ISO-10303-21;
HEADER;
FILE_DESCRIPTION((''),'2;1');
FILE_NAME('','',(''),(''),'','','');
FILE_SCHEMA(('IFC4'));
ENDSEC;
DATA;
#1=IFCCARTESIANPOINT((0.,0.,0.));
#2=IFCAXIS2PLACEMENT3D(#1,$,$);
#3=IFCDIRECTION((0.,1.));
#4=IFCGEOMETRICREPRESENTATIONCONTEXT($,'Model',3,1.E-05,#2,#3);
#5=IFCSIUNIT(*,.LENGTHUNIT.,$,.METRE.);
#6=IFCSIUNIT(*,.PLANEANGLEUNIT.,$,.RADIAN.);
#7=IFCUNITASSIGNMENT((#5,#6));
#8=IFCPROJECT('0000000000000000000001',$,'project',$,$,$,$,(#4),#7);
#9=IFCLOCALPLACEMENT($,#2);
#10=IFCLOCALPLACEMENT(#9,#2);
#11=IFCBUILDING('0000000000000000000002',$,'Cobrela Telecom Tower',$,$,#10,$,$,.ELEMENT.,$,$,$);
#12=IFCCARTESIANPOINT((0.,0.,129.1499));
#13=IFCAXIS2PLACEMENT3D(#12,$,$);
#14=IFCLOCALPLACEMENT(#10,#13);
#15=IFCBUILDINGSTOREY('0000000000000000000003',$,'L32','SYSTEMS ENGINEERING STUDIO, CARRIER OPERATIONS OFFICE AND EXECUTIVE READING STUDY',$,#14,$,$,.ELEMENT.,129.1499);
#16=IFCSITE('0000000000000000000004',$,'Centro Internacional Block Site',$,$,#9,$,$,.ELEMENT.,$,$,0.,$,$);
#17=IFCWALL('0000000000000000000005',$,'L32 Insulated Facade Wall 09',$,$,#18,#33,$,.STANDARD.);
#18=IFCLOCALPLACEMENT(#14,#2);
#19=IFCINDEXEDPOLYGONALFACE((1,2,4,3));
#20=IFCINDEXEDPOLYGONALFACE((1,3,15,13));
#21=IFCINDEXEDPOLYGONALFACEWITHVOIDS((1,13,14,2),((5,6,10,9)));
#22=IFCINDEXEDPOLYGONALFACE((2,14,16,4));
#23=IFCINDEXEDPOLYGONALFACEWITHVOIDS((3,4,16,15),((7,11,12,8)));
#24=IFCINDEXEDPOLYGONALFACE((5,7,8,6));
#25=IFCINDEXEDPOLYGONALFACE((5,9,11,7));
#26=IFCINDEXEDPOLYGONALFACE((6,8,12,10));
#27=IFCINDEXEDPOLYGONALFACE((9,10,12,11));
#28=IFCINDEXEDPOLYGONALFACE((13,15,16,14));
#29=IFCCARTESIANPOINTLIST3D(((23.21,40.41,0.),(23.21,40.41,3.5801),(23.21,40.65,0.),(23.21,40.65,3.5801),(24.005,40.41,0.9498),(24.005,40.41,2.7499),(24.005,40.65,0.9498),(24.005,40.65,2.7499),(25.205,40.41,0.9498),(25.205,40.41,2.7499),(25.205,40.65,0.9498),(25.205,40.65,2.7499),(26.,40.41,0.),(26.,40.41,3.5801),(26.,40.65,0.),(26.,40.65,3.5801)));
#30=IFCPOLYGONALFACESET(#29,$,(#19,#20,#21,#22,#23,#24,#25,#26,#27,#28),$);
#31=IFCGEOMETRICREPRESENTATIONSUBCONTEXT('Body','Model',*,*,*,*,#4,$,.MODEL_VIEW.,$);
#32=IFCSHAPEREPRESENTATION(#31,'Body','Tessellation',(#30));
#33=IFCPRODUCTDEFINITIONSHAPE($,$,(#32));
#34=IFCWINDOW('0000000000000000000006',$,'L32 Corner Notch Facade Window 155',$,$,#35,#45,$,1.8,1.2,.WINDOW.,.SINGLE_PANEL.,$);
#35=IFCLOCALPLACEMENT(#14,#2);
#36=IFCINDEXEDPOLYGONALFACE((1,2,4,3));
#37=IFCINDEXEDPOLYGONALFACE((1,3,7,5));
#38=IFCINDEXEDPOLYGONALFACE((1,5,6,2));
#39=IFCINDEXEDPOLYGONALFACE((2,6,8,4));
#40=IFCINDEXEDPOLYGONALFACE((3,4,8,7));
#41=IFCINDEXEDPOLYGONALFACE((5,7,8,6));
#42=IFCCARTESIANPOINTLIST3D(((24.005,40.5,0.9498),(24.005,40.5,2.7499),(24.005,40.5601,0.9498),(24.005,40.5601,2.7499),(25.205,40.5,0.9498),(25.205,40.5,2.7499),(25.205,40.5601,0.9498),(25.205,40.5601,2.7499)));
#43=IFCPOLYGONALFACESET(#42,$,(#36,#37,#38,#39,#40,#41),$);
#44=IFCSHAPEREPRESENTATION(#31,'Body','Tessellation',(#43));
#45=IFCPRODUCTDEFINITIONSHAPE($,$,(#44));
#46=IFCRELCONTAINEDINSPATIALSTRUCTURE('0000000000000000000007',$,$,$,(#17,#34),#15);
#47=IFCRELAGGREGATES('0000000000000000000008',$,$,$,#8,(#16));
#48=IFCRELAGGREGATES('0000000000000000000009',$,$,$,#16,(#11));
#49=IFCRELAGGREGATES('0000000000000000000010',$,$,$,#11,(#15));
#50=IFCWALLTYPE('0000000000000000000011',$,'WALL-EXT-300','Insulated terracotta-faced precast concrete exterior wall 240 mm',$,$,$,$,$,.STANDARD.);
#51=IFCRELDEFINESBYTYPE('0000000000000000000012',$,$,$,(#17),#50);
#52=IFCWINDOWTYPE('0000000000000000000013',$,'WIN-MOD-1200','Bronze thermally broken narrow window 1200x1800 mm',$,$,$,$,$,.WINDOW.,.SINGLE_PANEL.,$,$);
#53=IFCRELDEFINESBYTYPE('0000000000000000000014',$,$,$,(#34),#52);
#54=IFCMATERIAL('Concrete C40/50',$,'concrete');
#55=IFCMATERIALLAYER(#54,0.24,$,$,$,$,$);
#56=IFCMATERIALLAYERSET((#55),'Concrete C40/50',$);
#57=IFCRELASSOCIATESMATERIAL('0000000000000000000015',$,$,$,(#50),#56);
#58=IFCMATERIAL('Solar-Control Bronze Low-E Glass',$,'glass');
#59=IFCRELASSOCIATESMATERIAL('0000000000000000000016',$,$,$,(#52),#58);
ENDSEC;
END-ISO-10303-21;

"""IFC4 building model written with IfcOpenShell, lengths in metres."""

from ifc_helpers import new_model, si_unit, direction, frame, frame_2d, origin, place, context, subcontext, project, spatial, rectangle, extrude, material, layer, layer_set, type_object, element, fill, save


model = new_model("IFC4")

# Units and contexts
model_context = context("Model", 3, precision=1e-05, world=origin(), true_north=direction((0.0, 1.0)))
body_context = subcontext(model_context, "Body", "Model", "MODEL_VIEW")
ifc_project = project(units=[si_unit("LENGTHUNIT", "METRE"), si_unit("PLANEANGLEUNIT", "RADIAN")], contexts=[model_context])

# Site, building, storey
site_placement = place(None, origin())
site = spatial("IfcSite", under=ifc_project, at=site_placement, Name="Centro Internacional Block Site", CompositionType="ELEMENT", RefElevation=0.0)
building_placement = place(site_placement, origin())
building = spatial("IfcBuilding", under=site, at=building_placement, Name="Cobrela Telecom Tower", CompositionType="ELEMENT")
storey_placement = place(building_placement, frame((0.0, 0.0, 129.1499)))
storey = spatial("IfcBuildingStorey", under=building, at=storey_placement, Name="L32", Description="SYSTEMS ENGINEERING STUDIO, CARRIER OPERATIONS OFFICE AND EXECUTIVE READING STUDY", CompositionType="ELEMENT", Elevation=129.1499)

# Shared definitions
ifc_material_1 = material(Name="Solar-Control Bronze Low-E Glass", Category="glass")

# Wall, opening, window
ifc_material_2 = material(Name="Concrete C40/50", Category="concrete")
ifc_layer_1 = layer(ifc_material_2, 0.24)
ifc_layer_set_1 = layer_set([ifc_layer_1], Name="Concrete C40/50")
wall_type = type_object("IfcWallType", Name="WALL-EXT-300", Description="Insulated terracotta-faced precast concrete exterior wall 240 mm", PredefinedType="STANDARD", material=ifc_layer_set_1)
wall_1_placement = place(storey_placement, frame((23.21, 40.53, 0.0), z_axis=(0.0, 0.0, 1.0), x_axis=(1.0, 0.0, 0.0)))
wall_1 = element("IfcWall", 1, at=wall_1_placement, inside=storey, type_object=wall_type, Name="L32 Insulated Facade Wall 09", PredefinedType="STANDARD", context=body_context, shape_type="SweptSolid", body=[
    extrude(rectangle(XDim=2.79, YDim=0.24, at=frame_2d((1.395, 0.0))), origin(), (0.0, 0.0, 1.0), 3.5801),
])
opening_1_placement = place(wall_1_placement, frame((0.7949, 0.0, 0.95)))
opening_1 = element("IfcOpeningElement", 2, at=opening_1_placement, cuts=wall_1, PredefinedType="OPENING", context=body_context, shape_type="SweptSolid", body=[
    extrude(rectangle(XDim=1.2, YDim=1.8, at=frame_2d((0.6001, 0.8999))), frame((0.0, 0.1318, 0.0), z_axis=(0.0, -1.0, 0.0), x_axis=(1.0, 0.0, 0.0)), (0.0, 0.0, 1.0), 0.2639),
])
window_type_1 = type_object("IfcWindowType", Name="WIN-MOD-1200", Description="Bronze thermally broken narrow window 1200x1800 mm", PartitioningType="SINGLE_PANEL", PredefinedType="WINDOW", material=ifc_material_1)
window_1_placement = place(opening_1_placement, origin())
window_1 = element("IfcWindow", 3, at=window_1_placement, inside=storey, type_object=window_type_1, Name="L32 Corner Notch Facade Window 155", OverallHeight=1.8, OverallWidth=1.2, PartitioningType="SINGLE_PANEL", PredefinedType="WINDOW", context=body_context, shape_type="SweptSolid", body=[
    extrude(rectangle(XDim=1.2, YDim=1.8, at=frame_2d((0.6001, 0.8999))), frame((0.0, 0.03, 0.0), z_axis=(0.0, -1.0, 0.0), x_axis=(1.0, 0.0, 0.0)), (0.0, 0.0, 1.0), 0.0601),
])
fill(opening_1, window_1)

save(model, "model.ifc")
